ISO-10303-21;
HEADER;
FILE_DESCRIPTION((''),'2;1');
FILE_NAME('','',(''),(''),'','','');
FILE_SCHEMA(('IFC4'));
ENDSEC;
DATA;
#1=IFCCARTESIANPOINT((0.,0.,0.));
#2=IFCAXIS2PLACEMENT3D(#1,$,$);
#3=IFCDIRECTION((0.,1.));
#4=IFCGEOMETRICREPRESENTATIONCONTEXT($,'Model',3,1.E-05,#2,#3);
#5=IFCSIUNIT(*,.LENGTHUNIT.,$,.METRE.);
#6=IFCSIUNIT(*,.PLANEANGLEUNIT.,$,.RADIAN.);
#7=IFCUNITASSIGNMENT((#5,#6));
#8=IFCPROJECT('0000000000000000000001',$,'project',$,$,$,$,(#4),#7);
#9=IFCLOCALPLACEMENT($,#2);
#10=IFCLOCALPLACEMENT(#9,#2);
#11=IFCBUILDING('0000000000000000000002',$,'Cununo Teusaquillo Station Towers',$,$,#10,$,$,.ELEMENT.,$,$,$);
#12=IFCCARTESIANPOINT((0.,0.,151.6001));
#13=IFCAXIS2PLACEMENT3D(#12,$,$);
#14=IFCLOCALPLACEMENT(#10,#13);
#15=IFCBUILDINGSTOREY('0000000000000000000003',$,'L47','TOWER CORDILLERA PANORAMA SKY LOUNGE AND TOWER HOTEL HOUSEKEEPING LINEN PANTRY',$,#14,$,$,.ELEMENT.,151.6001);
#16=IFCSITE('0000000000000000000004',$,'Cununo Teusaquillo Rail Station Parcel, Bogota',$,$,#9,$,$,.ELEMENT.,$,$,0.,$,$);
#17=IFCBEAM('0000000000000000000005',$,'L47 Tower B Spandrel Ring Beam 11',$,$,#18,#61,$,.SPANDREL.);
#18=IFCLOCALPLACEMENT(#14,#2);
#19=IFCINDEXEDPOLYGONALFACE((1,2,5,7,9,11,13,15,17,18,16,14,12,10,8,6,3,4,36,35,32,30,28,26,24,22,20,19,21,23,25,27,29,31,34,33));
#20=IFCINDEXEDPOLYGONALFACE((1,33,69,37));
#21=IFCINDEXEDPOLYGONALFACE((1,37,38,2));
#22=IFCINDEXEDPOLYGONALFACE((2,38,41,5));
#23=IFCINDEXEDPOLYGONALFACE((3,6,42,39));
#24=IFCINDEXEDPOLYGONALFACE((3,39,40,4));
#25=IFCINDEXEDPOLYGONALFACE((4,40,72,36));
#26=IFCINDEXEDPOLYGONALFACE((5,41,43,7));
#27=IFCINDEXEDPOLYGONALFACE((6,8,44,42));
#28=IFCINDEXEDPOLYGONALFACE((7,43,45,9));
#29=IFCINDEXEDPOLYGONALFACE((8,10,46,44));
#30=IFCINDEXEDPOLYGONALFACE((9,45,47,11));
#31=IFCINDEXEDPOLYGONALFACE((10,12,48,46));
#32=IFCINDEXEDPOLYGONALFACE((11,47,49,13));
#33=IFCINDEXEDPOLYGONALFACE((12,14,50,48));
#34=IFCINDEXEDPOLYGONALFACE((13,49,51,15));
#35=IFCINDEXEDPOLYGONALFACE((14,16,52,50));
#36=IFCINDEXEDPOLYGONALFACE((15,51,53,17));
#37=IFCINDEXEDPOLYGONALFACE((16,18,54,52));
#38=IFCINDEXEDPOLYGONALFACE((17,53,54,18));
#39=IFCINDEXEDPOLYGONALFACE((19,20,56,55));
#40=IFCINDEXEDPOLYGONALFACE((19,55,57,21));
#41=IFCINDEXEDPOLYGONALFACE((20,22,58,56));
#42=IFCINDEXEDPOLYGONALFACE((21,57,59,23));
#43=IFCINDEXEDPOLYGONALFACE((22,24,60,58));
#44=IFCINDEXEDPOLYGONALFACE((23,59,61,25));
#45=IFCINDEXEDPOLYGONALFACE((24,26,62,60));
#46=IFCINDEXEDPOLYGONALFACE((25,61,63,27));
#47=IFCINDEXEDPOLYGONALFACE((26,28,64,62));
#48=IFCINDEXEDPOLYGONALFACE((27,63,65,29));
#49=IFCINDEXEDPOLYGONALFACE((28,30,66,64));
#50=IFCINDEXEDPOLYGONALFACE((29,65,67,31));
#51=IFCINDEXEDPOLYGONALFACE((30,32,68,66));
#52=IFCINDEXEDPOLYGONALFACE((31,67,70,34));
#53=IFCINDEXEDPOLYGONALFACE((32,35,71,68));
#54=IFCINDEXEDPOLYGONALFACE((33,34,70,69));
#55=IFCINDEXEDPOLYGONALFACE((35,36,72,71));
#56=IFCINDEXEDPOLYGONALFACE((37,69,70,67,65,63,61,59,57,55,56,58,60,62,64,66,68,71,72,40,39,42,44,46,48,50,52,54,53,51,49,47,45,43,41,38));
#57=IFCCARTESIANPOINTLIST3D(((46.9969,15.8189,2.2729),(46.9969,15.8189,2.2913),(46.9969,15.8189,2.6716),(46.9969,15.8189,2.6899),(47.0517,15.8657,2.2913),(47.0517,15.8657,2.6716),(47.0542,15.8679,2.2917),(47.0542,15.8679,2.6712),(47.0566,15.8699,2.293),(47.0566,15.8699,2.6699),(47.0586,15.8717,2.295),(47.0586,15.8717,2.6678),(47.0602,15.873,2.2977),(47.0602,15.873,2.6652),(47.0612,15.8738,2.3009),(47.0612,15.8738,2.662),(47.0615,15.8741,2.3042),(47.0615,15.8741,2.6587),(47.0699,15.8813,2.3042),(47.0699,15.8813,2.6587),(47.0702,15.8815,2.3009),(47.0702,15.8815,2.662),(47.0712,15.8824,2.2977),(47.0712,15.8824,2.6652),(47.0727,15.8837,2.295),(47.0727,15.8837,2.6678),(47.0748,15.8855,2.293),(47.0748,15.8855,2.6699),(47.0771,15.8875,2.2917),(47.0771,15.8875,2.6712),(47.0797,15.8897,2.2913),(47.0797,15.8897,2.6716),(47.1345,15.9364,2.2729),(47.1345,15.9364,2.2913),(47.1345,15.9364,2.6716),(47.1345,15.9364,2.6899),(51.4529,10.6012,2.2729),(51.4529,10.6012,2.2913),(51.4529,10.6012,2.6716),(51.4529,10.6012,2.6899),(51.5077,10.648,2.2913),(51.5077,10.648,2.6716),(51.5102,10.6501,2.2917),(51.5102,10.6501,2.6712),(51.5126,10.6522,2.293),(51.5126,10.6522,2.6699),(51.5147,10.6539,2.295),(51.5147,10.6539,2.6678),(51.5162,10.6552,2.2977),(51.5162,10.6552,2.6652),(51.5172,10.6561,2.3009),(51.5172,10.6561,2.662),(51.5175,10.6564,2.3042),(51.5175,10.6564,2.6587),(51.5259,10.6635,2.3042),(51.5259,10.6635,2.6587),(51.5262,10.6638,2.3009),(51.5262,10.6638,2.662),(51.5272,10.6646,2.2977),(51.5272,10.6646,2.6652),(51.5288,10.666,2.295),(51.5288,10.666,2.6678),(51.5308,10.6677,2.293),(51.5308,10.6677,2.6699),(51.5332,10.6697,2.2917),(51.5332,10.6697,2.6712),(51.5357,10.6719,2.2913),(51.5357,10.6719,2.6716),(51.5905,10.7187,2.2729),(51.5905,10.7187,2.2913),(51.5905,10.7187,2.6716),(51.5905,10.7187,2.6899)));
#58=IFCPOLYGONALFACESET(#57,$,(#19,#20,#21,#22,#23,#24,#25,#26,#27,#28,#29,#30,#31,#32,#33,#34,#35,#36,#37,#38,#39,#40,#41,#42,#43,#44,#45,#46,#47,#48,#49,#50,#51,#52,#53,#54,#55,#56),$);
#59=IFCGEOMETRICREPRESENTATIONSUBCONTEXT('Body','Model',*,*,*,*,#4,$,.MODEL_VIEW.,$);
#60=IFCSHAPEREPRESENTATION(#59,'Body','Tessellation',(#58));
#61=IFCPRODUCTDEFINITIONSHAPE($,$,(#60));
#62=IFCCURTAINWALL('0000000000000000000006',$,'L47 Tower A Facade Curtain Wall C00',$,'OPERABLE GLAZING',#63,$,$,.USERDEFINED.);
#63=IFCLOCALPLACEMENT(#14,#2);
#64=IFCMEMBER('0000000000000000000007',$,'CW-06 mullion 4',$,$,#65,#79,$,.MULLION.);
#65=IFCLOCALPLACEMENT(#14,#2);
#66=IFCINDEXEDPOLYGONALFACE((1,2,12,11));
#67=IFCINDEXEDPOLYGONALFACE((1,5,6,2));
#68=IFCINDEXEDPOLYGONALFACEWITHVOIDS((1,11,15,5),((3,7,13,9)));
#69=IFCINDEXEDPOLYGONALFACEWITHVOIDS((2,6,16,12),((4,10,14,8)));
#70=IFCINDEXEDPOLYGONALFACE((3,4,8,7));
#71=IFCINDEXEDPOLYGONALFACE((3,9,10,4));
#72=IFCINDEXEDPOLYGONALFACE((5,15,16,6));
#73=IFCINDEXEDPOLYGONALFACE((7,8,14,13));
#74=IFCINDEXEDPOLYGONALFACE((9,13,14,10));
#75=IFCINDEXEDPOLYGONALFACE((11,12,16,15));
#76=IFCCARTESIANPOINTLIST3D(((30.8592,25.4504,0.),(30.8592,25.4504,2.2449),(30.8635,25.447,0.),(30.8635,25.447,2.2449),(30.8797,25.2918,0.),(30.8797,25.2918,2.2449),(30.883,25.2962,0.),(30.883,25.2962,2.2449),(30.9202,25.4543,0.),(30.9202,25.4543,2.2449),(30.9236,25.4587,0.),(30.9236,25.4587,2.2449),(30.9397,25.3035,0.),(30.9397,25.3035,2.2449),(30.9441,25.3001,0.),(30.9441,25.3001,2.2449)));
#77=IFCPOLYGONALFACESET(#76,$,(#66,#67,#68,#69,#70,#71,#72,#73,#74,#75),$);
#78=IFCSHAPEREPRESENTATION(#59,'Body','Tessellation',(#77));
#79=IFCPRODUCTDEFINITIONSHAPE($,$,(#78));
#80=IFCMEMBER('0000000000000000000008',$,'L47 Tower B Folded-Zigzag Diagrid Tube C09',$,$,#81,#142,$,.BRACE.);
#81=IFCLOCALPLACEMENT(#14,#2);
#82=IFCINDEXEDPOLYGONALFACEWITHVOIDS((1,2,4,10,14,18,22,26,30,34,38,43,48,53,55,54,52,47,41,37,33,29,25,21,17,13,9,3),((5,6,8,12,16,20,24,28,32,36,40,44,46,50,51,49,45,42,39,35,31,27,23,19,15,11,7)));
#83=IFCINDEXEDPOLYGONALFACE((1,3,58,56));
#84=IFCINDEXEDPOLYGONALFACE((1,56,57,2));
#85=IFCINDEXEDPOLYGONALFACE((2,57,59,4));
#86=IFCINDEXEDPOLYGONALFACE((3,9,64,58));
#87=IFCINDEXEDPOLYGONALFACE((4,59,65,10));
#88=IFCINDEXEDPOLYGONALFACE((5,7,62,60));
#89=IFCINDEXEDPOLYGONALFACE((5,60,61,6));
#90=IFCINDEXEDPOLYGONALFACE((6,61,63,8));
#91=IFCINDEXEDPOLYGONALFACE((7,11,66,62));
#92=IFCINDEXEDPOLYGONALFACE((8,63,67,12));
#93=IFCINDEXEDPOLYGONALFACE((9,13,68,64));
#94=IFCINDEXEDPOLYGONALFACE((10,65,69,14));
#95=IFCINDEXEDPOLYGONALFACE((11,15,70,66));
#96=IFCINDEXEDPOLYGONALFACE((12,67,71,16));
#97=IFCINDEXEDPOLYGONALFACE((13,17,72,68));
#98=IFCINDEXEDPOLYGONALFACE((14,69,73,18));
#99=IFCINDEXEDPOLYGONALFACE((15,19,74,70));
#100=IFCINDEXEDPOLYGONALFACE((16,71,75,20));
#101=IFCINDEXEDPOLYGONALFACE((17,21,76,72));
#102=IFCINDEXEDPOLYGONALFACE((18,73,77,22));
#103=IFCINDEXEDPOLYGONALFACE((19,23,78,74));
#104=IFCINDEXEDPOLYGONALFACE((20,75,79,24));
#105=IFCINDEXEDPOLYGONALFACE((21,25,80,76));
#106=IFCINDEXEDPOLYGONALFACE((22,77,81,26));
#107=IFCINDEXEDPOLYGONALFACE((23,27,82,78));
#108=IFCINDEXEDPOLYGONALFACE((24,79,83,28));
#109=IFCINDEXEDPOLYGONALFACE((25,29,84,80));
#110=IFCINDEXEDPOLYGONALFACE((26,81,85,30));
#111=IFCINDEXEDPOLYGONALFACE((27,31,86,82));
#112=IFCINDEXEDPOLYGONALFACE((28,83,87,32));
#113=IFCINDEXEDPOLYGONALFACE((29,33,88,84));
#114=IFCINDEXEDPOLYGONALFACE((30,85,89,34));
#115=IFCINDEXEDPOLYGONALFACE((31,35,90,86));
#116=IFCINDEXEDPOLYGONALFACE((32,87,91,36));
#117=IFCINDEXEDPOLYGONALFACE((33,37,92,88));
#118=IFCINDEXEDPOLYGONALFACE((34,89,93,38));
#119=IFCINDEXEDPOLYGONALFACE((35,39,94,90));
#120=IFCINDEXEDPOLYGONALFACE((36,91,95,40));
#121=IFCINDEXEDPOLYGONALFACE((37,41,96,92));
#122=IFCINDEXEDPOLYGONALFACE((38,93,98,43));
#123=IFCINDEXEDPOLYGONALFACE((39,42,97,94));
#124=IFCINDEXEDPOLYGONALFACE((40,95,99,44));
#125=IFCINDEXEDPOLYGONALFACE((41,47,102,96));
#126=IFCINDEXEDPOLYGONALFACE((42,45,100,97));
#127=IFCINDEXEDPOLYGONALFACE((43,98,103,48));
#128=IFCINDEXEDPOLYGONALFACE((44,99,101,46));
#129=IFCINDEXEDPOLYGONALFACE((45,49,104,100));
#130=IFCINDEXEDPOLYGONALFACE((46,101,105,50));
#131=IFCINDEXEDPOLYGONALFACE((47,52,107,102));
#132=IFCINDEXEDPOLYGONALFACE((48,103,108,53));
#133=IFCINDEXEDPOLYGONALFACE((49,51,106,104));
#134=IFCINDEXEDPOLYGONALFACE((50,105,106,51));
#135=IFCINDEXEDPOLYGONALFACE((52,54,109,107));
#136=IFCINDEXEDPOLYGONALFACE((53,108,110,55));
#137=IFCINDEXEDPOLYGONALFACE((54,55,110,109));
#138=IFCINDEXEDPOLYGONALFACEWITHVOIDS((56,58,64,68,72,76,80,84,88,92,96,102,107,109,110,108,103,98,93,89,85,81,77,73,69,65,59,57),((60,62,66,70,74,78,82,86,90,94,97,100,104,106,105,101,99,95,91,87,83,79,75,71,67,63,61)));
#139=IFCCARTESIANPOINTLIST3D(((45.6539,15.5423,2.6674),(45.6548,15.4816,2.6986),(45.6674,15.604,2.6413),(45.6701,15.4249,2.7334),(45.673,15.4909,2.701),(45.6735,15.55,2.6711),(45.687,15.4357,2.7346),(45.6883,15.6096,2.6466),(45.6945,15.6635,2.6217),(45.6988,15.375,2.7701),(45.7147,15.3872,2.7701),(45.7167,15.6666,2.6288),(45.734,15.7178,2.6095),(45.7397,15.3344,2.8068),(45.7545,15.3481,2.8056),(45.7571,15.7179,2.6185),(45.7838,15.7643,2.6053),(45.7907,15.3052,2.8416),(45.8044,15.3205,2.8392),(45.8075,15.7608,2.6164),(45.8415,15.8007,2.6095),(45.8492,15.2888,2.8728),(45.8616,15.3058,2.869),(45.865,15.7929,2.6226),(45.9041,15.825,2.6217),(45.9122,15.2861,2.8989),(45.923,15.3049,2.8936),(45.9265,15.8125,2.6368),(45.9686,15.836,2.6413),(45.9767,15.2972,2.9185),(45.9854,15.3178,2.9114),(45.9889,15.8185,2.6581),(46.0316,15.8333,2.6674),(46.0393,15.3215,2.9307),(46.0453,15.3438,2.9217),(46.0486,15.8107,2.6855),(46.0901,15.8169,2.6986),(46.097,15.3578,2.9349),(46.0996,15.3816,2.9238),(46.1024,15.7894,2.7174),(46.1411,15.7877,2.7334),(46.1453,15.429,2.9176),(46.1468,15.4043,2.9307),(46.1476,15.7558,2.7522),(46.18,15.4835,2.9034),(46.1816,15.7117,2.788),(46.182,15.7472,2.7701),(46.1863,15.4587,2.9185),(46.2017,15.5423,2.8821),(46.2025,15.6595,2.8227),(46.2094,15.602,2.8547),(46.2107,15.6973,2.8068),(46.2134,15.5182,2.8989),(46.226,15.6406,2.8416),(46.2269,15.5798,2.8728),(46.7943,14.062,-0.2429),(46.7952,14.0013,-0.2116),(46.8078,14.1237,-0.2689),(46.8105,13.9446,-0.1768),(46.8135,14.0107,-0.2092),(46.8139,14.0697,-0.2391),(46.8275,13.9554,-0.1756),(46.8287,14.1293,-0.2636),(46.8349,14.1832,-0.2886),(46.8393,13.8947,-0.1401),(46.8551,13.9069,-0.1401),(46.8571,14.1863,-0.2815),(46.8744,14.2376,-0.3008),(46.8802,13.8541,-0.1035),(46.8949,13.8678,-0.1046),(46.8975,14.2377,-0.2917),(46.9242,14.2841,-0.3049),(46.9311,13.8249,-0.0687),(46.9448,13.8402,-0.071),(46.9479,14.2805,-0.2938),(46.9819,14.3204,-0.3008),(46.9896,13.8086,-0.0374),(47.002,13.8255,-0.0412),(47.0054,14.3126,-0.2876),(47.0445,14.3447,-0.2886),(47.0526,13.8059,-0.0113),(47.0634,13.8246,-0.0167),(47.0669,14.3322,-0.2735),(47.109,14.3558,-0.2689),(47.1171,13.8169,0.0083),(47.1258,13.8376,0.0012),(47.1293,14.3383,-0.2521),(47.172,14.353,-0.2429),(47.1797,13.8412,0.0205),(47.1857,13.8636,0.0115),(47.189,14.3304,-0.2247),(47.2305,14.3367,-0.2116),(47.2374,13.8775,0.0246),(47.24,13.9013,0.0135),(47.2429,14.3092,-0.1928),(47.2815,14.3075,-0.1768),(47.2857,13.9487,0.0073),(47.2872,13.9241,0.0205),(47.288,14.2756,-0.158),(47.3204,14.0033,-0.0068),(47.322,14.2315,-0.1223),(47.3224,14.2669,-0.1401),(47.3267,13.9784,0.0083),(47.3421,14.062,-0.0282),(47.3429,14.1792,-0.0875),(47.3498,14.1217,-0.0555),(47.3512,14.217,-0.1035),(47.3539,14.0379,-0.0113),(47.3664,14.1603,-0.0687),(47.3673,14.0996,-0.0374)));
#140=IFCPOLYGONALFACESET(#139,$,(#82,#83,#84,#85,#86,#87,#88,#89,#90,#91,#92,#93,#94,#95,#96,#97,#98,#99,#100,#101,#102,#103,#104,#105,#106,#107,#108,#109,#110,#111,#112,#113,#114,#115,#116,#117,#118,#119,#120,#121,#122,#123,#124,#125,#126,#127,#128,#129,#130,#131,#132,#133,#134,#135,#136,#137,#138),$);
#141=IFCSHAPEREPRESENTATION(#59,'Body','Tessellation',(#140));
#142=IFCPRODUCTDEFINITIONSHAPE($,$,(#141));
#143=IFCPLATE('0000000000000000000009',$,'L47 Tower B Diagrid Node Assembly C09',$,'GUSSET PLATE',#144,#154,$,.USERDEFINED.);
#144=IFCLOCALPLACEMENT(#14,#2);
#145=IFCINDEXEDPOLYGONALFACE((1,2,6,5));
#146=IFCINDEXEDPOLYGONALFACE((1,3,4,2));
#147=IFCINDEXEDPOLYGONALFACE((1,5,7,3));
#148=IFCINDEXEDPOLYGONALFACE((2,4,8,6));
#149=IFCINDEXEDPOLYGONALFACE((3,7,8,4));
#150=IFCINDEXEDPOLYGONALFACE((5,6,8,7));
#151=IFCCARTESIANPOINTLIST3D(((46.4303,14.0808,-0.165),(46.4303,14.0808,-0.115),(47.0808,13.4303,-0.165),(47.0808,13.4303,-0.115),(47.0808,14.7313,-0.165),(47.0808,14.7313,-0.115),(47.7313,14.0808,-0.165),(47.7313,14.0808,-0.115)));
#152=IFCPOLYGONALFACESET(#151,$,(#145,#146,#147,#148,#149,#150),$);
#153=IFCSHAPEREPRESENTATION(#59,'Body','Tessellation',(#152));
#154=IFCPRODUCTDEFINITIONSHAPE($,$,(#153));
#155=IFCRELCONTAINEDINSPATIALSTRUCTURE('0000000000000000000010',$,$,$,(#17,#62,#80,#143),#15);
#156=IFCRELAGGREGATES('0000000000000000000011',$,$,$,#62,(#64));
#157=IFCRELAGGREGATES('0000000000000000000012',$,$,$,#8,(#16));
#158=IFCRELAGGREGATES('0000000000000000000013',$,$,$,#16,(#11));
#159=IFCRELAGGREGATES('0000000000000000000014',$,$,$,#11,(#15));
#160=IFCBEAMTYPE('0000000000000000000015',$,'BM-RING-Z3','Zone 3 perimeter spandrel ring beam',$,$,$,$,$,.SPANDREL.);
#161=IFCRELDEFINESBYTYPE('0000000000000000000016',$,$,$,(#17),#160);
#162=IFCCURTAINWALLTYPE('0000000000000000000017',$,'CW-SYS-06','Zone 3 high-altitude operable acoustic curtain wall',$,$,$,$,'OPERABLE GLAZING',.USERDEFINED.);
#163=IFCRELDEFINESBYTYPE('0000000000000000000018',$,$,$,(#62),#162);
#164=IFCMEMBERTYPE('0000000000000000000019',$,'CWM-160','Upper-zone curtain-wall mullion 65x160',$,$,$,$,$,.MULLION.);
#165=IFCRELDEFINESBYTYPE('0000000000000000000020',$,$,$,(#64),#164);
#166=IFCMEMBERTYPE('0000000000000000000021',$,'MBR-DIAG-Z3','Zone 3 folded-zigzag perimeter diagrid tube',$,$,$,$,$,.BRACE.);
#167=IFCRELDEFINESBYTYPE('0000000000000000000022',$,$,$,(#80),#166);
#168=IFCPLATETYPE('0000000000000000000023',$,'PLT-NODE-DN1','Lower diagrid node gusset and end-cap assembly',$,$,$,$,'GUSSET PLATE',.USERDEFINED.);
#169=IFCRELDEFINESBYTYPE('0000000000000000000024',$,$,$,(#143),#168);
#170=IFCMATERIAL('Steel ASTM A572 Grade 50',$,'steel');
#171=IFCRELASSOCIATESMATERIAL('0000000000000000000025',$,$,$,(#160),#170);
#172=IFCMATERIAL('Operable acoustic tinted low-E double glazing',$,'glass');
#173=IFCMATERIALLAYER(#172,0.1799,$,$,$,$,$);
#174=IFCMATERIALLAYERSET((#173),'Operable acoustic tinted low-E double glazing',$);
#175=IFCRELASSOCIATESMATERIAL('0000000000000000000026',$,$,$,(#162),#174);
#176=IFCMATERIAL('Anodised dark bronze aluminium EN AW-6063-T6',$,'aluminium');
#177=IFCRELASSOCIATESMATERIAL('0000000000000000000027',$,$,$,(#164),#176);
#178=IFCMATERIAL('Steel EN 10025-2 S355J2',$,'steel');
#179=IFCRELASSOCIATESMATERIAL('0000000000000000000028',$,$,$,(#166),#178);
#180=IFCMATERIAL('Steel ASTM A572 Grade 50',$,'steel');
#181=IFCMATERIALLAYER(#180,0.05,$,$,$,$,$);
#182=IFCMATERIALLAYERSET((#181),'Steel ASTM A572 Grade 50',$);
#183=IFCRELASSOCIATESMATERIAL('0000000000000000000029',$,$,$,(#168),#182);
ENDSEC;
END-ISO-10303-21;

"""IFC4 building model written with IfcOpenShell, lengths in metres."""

from ifc_helpers import new_model, si_unit, direction, frame, origin, origin_2d, place, context, subcontext, project, spatial, rectangle, hollow_rectangle, hollow_circle, i_section, extrude, source, transform, mapped, material, layer, layer_set, material_profile, profile_set, type_object, element, aggregate, save


model = new_model("IFC4")

# Units and contexts
model_context = context("Model", 3, precision=1e-05, world=origin(), true_north=direction((0.0, 1.0)))
body_context = subcontext(model_context, "Body", "Model", "MODEL_VIEW")
ifc_project = project(units=[si_unit("LENGTHUNIT", "METRE"), si_unit("PLANEANGLEUNIT", "RADIAN")], contexts=[model_context])

# Site, building, storey
site_placement = place(None, origin())
site = spatial("IfcSite", under=ifc_project, at=site_placement, Name="Cununo Teusaquillo Rail Station Parcel, Bogota", CompositionType="ELEMENT", RefElevation=0.0)
building_placement = place(site_placement, origin())
building = spatial("IfcBuilding", under=site, at=building_placement, Name="Cununo Teusaquillo Station Towers", CompositionType="ELEMENT")
storey_placement = place(building_placement, frame((0.0, 0.0, 151.6001)))
storey = spatial("IfcBuildingStorey", under=building, at=storey_placement, Name="L47", Description="TOWER CORDILLERA PANORAMA SKY LOUNGE AND TOWER HOTEL HOUSEKEEPING LINEN PANTRY", CompositionType="ELEMENT", Elevation=151.6001)

# Beam
ifc_material_1 = material(Name="Steel ASTM A572 Grade 50", Category="steel")
ifc_material_profile_1 = material_profile(ifc_material_1, i_section(OverallWidth=0.1809, OverallDepth=0.417, WebThickness=0.011, FlangeThickness=0.0183, FilletRadius=0.0129, at=origin_2d()), Name="W16X57")
ifc_profile_set_1 = profile_set([ifc_material_profile_1], Name="Steel ASTM A572 Grade 50")
beam_type_1 = type_object("IfcBeamType", Name="BM-RING-Z3", Description="Zone 3 perimeter spandrel ring beam", PredefinedType="SPANDREL", material=ifc_profile_set_1)
beam_1_placement = place(storey_placement, frame((47.0657, 15.8777, 2.4814), z_axis=(0.649419, -0.760431, 0.0), x_axis=(0.760431, 0.649419, 0.0)))
element("IfcBeam", 1, at=beam_1_placement, inside=storey, type_object=beam_type_1, Name="L47 Tower B Spandrel Ring Beam 11", PredefinedType="SPANDREL", context=body_context, shape_type="SweptSolid", body=[
    extrude(i_section(OverallWidth=0.1809, OverallDepth=0.417, WebThickness=0.011, FlangeThickness=0.0183, FilletRadius=0.0129, at=origin_2d()), origin(), (0.0, 0.0, 1.0), 6.8616),
])

# Curtain wall, member
ifc_material_2 = material(Name="Operable acoustic tinted low-E double glazing", Category="glass")
ifc_layer_1 = layer(ifc_material_2, 0.1799)
ifc_layer_set_1 = layer_set([ifc_layer_1], Name="Operable acoustic tinted low-E double glazing")
curtain_wall_type = type_object("IfcCurtainWallType", Name="CW-SYS-06", Description="Zone 3 high-altitude operable acoustic curtain wall", ElementType="OPERABLE GLAZING", PredefinedType="USERDEFINED", material=ifc_layer_set_1)
curtain_wall_placement = place(storey_placement, origin())
curtain_wall = element("IfcCurtainWall", 2, at=curtain_wall_placement, inside=storey, type_object=curtain_wall_type, Name="L47 Tower A Facade Curtain Wall C00", ObjectType="OPERABLE GLAZING", PredefinedType="USERDEFINED")
ifc_material_3 = material(Name="Anodised dark bronze aluminium EN AW-6063-T6", Category="aluminium")
ifc_material_profile_2 = material_profile(ifc_material_3, hollow_rectangle(XDim=0.0649, YDim=0.1599, WallThickness=0.0039, at=origin_2d()), Name="CW-MULL-65x160")
ifc_profile_set_2 = profile_set([ifc_material_profile_2], Name="Anodised dark bronze aluminium EN AW-6063-T6")
member_type_1 = type_object("IfcMemberType", Name="CWM-160", Description="Upper-zone curtain-wall mullion 65x160", PredefinedType="MULLION", material=ifc_profile_set_2)
member_1_placement = place(storey_placement, frame((30.9016, 25.3752, 0.0), z_axis=(0.0, 0.0, 1.0), x_axis=(0.991736, 0.128293, 0.0)))
member_1 = element("IfcMember", 3, at=member_1_placement, type_object=member_type_1, Name="CW-06 mullion 4", PredefinedType="MULLION", context=body_context, shape_type="SweptSolid", body=[
    extrude(hollow_rectangle(XDim=0.0649, YDim=0.1599, WallThickness=0.0039, at=origin_2d()), origin(), (0.0, 0.0, 1.0), 2.2449),
])
aggregate(curtain_wall, [member_1])

# Member
ifc_material_4 = material(Name="Steel EN 10025-2 S355J2", Category="steel")
ifc_material_profile_3 = material_profile(ifc_material_4, hollow_circle(Radius=0.3049, WallThickness=0.02, at=origin_2d()), Name="CHS 610x20")
ifc_profile_set_3 = profile_set([ifc_material_profile_3], Name="Steel EN 10025-2 S355J2")
member_type_2 = type_object("IfcMemberType", Name="MBR-DIAG-Z3", Description="Zone 3 folded-zigzag perimeter diagrid tube", PredefinedType="BRACE", material=ifc_profile_set_3)
member_2_placement = place(storey_placement, frame((47.0808, 14.0808, -0.1401), z_axis=(-0.329742, 0.428008, 0.841474), x_axis=(-0.792172, -0.610298, 0.0)))
element("IfcMember", 4, at=member_2_placement, inside=storey, type_object=member_type_2, Name="L47 Tower B Folded-Zigzag Diagrid Tube C09", PredefinedType="BRACE", context=body_context, shape_type="SweptSolid", body=[
    extrude(hollow_circle(Radius=0.3049, WallThickness=0.02, at=origin_2d()), origin(), (0.0, 0.0, 1.0), 3.4585),
])

# Plate
ifc_material_5 = material(Name="Steel ASTM A572 Grade 50", Category="steel")
ifc_layer_2 = layer(ifc_material_5, 0.05)
ifc_layer_set_2 = layer_set([ifc_layer_2], Name="Steel ASTM A572 Grade 50")
plate_type = type_object("IfcPlateType", Name="PLT-NODE-DN1", Description="Lower diagrid node gusset and end-cap assembly", ElementType="GUSSET PLATE", PredefinedType="USERDEFINED", material=ifc_layer_set_2)
shared_shape_1 = source(origin(), body_context, "Body", "SweptSolid", [
    extrude(rectangle(XDim=0.9199, YDim=0.9199, at=origin_2d()), origin(), (0.0, 0.0, 1.0), 0.05),
])
plate_placement = place(storey_placement, frame((47.0808, 14.0808, -0.165), z_axis=(0.0, 0.0, 1.0), x_axis=(0.707107, 0.707107, 0.0)))
element("IfcPlate", 5, at=plate_placement, inside=storey, type_object=plate_type, Name="L47 Tower B Diagrid Node Assembly C09", ObjectType="GUSSET PLATE", PredefinedType="USERDEFINED", context=body_context, shape_type="MappedRepresentation", body=[
    mapped(shared_shape_1, transform((0.0, 0.0, 0.0), x_axis=(1.0, 0.0, 0.0), y_axis=(0.0, 1.0, 0.0), z_axis=(0.0, 0.0, 1.0), scale=1.0)),
])

save(model, "model.ifc")
